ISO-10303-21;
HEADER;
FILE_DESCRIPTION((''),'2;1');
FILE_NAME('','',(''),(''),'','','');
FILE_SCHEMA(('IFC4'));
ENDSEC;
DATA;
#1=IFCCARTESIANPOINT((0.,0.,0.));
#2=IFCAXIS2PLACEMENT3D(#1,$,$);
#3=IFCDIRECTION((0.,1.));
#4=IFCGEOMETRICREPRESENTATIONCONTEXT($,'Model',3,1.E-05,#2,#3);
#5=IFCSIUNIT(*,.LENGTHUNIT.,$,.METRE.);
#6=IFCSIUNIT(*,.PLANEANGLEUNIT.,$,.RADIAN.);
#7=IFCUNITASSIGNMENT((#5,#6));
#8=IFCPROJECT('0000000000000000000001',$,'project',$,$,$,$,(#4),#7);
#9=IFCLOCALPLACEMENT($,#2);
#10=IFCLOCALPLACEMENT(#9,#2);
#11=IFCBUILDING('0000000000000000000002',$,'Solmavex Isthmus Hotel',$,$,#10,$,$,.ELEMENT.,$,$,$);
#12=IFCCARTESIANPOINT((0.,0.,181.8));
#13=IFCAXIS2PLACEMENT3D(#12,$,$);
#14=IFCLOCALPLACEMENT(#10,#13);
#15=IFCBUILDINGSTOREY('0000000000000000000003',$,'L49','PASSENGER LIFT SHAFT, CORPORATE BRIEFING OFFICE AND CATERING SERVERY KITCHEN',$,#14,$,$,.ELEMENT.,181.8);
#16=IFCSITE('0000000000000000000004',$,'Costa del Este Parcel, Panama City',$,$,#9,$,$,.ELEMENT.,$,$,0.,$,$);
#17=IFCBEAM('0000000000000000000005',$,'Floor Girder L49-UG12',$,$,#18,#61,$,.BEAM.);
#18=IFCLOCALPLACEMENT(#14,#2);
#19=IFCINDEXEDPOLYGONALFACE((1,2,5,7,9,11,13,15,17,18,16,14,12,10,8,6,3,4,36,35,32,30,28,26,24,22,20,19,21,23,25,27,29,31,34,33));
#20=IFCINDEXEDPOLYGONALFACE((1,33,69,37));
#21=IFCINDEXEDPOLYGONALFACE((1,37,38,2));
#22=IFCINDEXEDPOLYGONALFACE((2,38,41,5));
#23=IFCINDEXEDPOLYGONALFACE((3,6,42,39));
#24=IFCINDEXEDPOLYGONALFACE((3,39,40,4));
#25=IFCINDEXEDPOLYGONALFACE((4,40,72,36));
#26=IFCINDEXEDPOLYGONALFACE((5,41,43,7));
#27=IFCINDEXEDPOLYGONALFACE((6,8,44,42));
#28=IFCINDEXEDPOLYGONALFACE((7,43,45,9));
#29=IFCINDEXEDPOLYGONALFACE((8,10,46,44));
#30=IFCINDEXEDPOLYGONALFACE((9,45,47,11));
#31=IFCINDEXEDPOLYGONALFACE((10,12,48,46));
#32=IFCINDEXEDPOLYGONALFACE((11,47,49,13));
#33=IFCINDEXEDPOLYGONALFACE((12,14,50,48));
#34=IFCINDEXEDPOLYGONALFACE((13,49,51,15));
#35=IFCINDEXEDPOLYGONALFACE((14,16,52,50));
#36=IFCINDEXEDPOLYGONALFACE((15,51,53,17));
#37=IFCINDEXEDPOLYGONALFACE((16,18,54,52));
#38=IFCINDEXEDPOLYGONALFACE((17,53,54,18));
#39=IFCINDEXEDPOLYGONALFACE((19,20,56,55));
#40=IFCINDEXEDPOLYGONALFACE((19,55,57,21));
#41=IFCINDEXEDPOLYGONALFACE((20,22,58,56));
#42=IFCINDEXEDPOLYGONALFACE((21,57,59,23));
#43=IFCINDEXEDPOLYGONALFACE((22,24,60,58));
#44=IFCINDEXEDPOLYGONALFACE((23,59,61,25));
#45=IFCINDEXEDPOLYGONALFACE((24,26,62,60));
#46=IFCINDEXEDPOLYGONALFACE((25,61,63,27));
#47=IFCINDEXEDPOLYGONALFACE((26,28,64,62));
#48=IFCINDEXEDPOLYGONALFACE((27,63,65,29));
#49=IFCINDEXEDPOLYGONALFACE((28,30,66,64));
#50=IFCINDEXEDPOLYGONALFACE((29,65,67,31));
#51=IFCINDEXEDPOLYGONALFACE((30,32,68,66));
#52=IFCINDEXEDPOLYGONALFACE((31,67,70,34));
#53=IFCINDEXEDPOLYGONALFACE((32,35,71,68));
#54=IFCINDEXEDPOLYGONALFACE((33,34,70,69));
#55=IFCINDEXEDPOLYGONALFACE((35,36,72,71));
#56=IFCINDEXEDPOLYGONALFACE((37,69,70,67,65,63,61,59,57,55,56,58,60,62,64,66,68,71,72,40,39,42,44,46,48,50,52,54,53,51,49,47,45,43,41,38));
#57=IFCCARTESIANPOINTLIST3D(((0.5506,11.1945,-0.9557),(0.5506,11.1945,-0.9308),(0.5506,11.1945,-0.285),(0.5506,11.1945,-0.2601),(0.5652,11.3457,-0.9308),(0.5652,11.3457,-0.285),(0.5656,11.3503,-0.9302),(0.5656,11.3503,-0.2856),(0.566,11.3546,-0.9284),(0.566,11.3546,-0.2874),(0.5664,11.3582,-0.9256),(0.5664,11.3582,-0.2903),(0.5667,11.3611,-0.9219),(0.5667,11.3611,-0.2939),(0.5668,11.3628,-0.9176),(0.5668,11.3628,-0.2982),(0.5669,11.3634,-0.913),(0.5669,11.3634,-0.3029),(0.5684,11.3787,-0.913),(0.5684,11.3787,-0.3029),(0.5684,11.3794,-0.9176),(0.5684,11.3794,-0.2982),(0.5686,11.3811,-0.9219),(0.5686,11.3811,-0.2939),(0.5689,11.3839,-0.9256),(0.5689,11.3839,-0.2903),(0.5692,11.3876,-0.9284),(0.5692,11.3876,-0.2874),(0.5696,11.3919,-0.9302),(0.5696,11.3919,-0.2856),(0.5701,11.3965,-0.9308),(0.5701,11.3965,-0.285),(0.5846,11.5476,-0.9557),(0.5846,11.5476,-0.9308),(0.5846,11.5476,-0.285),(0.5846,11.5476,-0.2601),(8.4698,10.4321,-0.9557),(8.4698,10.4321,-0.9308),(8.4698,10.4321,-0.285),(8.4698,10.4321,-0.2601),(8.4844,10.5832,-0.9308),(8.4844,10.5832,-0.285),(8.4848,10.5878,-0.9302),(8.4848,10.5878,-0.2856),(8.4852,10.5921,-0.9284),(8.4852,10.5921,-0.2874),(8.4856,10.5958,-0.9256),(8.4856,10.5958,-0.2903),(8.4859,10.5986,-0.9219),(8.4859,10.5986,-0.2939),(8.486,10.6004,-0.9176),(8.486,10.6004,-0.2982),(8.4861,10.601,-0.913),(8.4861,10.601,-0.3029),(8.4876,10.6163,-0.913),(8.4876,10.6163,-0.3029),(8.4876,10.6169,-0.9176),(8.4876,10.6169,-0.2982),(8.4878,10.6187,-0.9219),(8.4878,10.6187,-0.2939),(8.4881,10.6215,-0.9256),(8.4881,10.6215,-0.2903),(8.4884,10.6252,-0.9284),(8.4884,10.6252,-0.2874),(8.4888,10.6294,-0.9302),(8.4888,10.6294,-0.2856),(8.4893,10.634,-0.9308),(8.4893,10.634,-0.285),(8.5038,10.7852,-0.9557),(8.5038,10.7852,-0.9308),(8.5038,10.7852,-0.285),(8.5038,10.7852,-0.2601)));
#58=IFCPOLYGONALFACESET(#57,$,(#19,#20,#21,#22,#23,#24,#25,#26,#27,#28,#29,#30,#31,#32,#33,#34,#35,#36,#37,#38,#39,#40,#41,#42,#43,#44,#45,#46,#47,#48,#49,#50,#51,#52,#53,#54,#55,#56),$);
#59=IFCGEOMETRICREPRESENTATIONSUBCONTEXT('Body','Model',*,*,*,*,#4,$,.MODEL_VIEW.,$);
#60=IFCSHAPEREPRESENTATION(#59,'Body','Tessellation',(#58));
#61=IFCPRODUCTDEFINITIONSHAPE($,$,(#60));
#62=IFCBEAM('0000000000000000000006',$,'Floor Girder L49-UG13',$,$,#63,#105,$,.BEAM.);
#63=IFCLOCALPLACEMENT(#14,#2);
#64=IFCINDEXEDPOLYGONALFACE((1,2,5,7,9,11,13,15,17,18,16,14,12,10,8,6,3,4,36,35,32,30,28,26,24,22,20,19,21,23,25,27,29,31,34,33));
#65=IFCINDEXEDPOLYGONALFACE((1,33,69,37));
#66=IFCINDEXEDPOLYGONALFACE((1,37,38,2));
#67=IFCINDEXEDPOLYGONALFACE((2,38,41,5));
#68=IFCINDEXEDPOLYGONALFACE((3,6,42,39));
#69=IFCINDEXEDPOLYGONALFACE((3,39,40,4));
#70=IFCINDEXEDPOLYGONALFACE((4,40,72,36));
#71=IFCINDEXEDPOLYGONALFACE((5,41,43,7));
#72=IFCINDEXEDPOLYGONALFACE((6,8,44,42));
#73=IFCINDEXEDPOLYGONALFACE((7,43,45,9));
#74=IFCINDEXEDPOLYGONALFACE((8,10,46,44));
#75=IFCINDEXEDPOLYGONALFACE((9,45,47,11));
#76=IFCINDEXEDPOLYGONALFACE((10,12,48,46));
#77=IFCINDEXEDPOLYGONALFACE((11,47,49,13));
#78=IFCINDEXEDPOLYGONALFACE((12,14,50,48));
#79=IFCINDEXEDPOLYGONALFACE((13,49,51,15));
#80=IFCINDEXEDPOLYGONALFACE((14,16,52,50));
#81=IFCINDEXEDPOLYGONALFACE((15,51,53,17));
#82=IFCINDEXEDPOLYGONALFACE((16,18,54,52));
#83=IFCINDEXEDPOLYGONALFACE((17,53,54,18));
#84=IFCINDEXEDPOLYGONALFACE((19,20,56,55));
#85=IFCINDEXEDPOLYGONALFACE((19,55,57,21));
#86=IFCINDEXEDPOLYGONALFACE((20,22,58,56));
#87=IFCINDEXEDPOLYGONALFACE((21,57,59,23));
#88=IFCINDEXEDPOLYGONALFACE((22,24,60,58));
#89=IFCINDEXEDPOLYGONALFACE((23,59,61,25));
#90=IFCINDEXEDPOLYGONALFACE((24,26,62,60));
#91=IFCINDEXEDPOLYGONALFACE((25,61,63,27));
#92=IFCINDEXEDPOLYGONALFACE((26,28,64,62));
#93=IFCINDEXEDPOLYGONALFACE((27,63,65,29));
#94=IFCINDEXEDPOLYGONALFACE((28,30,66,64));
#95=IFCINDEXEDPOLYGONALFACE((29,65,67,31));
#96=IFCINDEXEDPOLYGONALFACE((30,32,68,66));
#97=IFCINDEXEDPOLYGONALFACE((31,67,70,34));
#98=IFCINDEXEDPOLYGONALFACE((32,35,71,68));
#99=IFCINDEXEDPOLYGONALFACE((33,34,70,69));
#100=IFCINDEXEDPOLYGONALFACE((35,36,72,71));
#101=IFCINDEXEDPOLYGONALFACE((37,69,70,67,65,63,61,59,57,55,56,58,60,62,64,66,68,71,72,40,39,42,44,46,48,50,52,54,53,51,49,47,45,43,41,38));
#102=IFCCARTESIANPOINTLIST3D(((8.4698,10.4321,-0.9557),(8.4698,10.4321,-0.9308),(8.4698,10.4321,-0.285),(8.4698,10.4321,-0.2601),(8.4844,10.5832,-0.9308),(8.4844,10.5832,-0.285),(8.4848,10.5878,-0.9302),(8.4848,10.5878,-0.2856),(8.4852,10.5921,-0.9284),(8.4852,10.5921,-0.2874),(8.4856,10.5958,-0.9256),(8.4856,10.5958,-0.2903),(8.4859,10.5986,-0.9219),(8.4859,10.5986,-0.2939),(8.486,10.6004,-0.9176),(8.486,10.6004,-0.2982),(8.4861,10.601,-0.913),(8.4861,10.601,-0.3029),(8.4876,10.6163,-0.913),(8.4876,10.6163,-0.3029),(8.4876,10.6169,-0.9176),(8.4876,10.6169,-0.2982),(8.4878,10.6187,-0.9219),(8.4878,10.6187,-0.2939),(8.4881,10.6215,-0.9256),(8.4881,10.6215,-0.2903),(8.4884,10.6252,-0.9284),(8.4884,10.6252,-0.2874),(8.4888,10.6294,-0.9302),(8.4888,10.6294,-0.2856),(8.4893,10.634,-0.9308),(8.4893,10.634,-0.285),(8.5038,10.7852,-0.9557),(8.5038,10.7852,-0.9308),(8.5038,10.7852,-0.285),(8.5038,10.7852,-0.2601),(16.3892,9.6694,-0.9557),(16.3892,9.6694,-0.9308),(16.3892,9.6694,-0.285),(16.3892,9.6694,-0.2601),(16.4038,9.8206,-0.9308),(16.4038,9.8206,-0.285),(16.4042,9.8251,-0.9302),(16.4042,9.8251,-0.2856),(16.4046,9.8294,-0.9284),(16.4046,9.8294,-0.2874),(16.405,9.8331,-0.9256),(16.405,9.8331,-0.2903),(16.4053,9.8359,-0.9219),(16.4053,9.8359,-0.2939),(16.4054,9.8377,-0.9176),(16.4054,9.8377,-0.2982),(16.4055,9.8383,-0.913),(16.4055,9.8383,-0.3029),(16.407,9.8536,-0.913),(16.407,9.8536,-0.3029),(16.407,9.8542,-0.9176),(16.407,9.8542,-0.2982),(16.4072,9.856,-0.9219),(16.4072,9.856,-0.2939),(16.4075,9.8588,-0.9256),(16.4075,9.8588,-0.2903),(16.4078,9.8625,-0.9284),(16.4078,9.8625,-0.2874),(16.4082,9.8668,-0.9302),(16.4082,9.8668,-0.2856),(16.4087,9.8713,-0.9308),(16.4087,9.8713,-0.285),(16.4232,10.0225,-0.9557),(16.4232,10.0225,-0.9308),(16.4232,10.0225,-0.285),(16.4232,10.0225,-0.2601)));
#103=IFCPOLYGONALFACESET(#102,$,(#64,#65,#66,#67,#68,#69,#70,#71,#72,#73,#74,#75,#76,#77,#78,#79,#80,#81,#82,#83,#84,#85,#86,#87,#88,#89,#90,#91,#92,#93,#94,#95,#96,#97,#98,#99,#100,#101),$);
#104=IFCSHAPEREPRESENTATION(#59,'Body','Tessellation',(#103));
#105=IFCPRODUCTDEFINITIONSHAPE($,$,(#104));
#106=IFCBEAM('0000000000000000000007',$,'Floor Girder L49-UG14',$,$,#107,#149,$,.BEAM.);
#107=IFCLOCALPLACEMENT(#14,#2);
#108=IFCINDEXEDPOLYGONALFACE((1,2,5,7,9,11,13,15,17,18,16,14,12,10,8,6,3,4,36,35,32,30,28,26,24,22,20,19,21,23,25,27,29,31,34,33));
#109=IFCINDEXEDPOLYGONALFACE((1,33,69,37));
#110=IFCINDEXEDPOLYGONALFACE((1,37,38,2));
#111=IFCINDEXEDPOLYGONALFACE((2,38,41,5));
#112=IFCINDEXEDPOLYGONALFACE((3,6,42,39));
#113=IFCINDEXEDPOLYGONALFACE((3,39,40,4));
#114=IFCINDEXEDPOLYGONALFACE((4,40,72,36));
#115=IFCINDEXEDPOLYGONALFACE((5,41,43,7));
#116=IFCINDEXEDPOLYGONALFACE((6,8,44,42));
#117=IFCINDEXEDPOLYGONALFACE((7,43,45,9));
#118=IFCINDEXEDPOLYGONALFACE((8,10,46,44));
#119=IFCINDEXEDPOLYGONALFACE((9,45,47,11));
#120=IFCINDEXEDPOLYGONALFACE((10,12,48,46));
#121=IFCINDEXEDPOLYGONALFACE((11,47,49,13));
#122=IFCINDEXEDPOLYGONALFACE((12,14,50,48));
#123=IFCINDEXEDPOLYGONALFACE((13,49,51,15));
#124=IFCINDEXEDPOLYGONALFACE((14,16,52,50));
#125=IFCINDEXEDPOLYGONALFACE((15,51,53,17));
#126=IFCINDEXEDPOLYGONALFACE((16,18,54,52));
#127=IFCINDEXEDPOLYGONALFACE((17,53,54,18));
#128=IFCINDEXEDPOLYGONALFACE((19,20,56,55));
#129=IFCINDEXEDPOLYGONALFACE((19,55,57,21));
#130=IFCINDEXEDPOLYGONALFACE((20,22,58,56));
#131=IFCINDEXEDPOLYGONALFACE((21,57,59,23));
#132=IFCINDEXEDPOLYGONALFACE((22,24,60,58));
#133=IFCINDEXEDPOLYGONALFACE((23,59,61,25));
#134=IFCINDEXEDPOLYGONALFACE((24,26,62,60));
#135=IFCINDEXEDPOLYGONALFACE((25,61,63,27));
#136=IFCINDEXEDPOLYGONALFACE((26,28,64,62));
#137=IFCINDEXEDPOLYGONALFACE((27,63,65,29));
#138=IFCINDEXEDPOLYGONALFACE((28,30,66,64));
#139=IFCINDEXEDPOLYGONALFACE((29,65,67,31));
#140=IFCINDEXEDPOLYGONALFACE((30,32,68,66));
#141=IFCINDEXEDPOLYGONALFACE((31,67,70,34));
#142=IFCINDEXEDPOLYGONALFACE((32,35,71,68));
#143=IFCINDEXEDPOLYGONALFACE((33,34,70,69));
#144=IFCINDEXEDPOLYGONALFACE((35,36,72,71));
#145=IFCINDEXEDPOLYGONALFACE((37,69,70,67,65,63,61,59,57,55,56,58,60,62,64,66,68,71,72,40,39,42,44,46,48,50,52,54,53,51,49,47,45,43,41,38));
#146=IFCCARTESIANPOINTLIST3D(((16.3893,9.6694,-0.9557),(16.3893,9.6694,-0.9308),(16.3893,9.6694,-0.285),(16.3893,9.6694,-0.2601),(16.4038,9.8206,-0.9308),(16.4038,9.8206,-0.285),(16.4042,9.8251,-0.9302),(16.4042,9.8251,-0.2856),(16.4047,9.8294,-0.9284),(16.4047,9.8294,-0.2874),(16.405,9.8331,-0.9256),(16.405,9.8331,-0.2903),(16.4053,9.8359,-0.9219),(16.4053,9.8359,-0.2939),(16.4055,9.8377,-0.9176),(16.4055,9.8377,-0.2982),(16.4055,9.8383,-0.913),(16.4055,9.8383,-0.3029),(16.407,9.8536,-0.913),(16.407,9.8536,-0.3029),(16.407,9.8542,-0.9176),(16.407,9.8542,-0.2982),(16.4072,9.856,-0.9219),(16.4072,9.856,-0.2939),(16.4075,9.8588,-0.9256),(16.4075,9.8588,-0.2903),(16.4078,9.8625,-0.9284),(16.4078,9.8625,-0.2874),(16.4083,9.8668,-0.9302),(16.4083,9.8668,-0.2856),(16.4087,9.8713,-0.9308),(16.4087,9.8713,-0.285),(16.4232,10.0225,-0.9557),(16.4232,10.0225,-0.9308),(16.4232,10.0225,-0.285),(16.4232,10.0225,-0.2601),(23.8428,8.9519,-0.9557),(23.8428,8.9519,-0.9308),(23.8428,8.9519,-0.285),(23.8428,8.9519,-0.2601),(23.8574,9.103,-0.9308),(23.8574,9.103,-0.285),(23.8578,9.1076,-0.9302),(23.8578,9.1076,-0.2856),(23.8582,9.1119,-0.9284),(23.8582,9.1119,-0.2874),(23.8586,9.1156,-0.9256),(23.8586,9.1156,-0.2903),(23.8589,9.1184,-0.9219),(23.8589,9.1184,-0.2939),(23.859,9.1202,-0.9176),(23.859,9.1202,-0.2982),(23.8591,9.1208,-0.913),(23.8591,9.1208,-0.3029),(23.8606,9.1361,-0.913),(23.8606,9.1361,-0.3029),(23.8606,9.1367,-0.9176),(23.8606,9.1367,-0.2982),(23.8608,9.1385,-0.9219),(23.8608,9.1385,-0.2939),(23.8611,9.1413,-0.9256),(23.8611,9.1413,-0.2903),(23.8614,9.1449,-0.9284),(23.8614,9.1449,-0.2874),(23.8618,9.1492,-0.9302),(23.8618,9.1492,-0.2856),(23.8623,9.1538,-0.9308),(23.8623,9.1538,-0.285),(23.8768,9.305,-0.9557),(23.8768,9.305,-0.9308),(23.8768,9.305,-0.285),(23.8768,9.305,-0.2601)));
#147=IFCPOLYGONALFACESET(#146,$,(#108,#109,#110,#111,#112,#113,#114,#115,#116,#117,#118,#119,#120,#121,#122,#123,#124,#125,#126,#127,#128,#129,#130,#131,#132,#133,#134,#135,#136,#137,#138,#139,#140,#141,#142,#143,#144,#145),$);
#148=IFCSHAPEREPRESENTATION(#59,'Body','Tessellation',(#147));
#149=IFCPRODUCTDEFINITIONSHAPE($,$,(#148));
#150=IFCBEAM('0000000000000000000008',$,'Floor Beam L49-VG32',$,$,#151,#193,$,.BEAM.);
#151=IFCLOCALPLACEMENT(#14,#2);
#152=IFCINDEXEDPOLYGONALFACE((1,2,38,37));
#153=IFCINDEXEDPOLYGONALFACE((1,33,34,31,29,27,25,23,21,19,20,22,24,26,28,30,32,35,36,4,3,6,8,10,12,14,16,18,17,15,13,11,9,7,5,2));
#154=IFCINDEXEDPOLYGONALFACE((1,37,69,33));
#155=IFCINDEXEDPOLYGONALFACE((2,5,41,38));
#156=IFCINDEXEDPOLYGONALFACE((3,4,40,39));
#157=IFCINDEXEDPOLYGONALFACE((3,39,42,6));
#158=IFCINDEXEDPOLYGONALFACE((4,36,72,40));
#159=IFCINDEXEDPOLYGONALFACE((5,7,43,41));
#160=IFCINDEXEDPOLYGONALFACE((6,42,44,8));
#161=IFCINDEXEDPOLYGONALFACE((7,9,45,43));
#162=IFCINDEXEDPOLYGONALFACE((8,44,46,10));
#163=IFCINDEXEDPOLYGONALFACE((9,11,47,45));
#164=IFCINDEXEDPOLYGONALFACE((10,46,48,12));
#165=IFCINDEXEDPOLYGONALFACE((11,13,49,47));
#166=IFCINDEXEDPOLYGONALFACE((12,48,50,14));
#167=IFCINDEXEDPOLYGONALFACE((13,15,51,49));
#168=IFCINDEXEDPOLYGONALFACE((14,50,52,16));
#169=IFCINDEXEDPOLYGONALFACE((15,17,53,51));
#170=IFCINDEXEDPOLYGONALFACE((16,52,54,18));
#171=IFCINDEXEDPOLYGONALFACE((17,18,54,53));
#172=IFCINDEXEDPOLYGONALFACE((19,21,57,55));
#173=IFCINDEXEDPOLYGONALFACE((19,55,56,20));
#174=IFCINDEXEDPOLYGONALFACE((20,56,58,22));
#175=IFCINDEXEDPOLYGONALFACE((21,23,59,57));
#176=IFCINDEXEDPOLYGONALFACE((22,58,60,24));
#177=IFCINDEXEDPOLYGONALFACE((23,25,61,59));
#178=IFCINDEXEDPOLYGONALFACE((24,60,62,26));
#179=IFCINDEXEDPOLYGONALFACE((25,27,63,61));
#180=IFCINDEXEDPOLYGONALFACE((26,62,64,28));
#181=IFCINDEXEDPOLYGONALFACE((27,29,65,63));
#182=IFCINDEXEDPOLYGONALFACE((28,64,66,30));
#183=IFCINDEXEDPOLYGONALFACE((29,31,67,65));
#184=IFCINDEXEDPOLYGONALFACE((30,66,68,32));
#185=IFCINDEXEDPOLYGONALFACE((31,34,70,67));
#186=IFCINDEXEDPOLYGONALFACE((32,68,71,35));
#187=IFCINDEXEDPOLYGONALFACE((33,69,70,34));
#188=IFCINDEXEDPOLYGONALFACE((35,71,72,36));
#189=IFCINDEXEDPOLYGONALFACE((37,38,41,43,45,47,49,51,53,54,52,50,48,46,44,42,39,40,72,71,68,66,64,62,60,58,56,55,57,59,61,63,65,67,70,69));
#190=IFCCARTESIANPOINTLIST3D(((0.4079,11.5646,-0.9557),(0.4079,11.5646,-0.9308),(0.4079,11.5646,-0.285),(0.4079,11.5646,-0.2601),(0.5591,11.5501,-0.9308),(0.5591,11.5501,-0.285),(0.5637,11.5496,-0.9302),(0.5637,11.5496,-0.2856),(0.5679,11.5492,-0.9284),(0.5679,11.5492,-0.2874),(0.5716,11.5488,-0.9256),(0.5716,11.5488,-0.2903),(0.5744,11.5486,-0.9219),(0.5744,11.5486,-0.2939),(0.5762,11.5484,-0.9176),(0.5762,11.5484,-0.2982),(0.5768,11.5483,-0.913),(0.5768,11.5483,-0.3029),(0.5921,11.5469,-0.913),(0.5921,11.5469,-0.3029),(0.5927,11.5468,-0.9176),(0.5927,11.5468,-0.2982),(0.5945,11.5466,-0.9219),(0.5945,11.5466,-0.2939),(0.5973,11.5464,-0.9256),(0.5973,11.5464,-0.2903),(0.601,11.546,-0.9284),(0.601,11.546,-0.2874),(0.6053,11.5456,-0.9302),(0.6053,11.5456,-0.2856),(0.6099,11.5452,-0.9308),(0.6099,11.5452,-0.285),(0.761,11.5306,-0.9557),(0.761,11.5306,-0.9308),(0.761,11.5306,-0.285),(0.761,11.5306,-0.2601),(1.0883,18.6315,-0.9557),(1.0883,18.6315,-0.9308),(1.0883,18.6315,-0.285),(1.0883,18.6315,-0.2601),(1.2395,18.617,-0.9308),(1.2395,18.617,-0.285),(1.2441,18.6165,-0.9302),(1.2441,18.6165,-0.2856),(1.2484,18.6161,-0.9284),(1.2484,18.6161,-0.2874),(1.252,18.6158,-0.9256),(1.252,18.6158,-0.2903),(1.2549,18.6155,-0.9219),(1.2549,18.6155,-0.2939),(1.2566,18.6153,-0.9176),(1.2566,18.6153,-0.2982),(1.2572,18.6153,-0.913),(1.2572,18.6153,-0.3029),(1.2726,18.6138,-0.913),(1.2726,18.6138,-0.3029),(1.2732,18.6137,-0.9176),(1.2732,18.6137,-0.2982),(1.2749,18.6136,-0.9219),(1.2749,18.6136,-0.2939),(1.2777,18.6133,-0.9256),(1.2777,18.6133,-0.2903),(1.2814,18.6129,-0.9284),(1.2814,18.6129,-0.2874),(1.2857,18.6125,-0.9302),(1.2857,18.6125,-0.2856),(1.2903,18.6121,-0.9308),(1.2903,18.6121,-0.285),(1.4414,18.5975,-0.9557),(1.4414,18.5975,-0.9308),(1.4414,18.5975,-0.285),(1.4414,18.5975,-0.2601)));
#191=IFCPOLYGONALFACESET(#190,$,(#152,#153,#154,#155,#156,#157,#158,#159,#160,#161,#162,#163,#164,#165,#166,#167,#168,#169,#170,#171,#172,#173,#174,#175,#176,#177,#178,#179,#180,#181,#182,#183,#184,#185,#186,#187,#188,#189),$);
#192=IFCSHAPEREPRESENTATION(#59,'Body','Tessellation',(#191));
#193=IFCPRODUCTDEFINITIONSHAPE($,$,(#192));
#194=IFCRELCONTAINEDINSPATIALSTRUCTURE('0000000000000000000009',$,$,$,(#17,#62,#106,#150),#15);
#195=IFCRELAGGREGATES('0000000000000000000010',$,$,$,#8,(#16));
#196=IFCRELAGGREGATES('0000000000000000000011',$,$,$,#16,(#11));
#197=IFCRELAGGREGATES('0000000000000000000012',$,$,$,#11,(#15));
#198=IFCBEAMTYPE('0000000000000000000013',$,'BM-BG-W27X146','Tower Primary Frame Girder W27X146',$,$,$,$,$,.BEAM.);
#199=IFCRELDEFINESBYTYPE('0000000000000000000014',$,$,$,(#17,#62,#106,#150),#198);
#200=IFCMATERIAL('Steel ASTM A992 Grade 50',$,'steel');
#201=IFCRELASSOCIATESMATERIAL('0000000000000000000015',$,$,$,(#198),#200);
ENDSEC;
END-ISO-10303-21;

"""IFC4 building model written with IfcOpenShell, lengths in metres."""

from ifc_helpers import new_model, si_unit, direction, frame, origin, origin_2d, place, context, subcontext, project, spatial, i_section, extrude, material, material_profile, profile_set, type_object, element, save


model = new_model("IFC4")

# Units and contexts
model_context = context("Model", 3, precision=1e-05, world=origin(), true_north=direction((0.0, 1.0)))
body_context = subcontext(model_context, "Body", "Model", "MODEL_VIEW")
ifc_project = project(units=[si_unit("LENGTHUNIT", "METRE"), si_unit("PLANEANGLEUNIT", "RADIAN")], contexts=[model_context])

# Site, building, storey
site_placement = place(None, origin())
site = spatial("IfcSite", under=ifc_project, at=site_placement, Name="Costa del Este Parcel, Panama City", CompositionType="ELEMENT", RefElevation=0.0)
building_placement = place(site_placement, origin())
building = spatial("IfcBuilding", under=site, at=building_placement, Name="Solmavex Isthmus Hotel", CompositionType="ELEMENT")
storey_placement = place(building_placement, frame((0.0, 0.0, 181.8)))
storey = spatial("IfcBuildingStorey", under=building, at=storey_placement, Name="L49", Description="PASSENGER LIFT SHAFT, CORPORATE BRIEFING OFFICE AND CATERING SERVERY KITCHEN", CompositionType="ELEMENT", Elevation=181.8)

# Beams
ifc_material_1 = material(Name="Steel ASTM A992 Grade 50", Category="steel")
ifc_material_profile_1 = material_profile(ifc_material_1, i_section(OverallWidth=0.3547, OverallDepth=0.6956, WebThickness=0.0154, FlangeThickness=0.0249, FilletRadius=0.0178, at=origin_2d()), Name="W27X146")
ifc_profile_set_1 = profile_set([ifc_material_profile_1], Name="Steel ASTM A992 Grade 50")
beam_type_1 = type_object("IfcBeamType", Name="BM-BG-W27X146", Description="Tower Primary Frame Girder W27X146", PredefinedType="BEAM", material=ifc_profile_set_1)
beam_1_placement = place(storey_placement, frame((0.5676, 11.3711, -0.6079), z_axis=(0.995397, -0.095836, 0.0), x_axis=(0.095836, 0.995397, 0.0)))
element("IfcBeam", 1, at=beam_1_placement, inside=storey, type_object=beam_type_1, Name="Floor Girder L49-UG12", PredefinedType="BEAM", context=body_context, shape_type="SweptSolid", body=[
    extrude(i_section(OverallWidth=0.3547, OverallDepth=0.6956, WebThickness=0.0154, FlangeThickness=0.0249, FilletRadius=0.0178, at=origin_2d()), origin(), (0.0, 0.0, 1.0), 7.9558),
])
beam_2_placement = place(storey_placement, frame((8.4868, 10.6086, -0.6079), z_axis=(0.995395, -0.095863, 0.0), x_axis=(0.095863, 0.995395, 0.0)))
element("IfcBeam", 2, at=beam_2_placement, inside=storey, type_object=beam_type_1, Name="Floor Girder L49-UG13", PredefinedType="BEAM", context=body_context, shape_type="SweptSolid", body=[
    extrude(i_section(OverallWidth=0.3547, OverallDepth=0.6956, WebThickness=0.0154, FlangeThickness=0.0249, FilletRadius=0.0178, at=origin_2d()), origin(), (0.0, 0.0, 1.0), 7.9561),
])
beam_3_placement = place(storey_placement, frame((16.4062, 9.8459, -0.6079), z_axis=(0.995398, -0.095823, 0.0), x_axis=(0.095823, 0.995398, 0.0)))
element("IfcBeam", 3, at=beam_3_placement, inside=storey, type_object=beam_type_1, Name="Floor Girder L49-UG14", PredefinedType="BEAM", context=body_context, shape_type="SweptSolid", body=[
    extrude(i_section(OverallWidth=0.3547, OverallDepth=0.6956, WebThickness=0.0154, FlangeThickness=0.0249, FilletRadius=0.0178, at=origin_2d()), origin(), (0.0, 0.0, 1.0), 7.488),
])
beam_4_placement = place(storey_placement, frame((0.5845, 11.5476, -0.6079), z_axis=(0.09584, 0.995397, 0.0), x_axis=(-0.995397, 0.09584, 0.0)))
element("IfcBeam", 4, at=beam_4_placement, inside=storey, type_object=beam_type_1, Name="Floor Beam L49-VG32", PredefinedType="BEAM", context=body_context, shape_type="SweptSolid", body=[
    extrude(i_section(OverallWidth=0.3547, OverallDepth=0.6956, WebThickness=0.0154, FlangeThickness=0.0249, FilletRadius=0.0178, at=origin_2d()), origin(), (0.0, 0.0, 1.0), 7.0996),
])

save(model, "model.ifc")
